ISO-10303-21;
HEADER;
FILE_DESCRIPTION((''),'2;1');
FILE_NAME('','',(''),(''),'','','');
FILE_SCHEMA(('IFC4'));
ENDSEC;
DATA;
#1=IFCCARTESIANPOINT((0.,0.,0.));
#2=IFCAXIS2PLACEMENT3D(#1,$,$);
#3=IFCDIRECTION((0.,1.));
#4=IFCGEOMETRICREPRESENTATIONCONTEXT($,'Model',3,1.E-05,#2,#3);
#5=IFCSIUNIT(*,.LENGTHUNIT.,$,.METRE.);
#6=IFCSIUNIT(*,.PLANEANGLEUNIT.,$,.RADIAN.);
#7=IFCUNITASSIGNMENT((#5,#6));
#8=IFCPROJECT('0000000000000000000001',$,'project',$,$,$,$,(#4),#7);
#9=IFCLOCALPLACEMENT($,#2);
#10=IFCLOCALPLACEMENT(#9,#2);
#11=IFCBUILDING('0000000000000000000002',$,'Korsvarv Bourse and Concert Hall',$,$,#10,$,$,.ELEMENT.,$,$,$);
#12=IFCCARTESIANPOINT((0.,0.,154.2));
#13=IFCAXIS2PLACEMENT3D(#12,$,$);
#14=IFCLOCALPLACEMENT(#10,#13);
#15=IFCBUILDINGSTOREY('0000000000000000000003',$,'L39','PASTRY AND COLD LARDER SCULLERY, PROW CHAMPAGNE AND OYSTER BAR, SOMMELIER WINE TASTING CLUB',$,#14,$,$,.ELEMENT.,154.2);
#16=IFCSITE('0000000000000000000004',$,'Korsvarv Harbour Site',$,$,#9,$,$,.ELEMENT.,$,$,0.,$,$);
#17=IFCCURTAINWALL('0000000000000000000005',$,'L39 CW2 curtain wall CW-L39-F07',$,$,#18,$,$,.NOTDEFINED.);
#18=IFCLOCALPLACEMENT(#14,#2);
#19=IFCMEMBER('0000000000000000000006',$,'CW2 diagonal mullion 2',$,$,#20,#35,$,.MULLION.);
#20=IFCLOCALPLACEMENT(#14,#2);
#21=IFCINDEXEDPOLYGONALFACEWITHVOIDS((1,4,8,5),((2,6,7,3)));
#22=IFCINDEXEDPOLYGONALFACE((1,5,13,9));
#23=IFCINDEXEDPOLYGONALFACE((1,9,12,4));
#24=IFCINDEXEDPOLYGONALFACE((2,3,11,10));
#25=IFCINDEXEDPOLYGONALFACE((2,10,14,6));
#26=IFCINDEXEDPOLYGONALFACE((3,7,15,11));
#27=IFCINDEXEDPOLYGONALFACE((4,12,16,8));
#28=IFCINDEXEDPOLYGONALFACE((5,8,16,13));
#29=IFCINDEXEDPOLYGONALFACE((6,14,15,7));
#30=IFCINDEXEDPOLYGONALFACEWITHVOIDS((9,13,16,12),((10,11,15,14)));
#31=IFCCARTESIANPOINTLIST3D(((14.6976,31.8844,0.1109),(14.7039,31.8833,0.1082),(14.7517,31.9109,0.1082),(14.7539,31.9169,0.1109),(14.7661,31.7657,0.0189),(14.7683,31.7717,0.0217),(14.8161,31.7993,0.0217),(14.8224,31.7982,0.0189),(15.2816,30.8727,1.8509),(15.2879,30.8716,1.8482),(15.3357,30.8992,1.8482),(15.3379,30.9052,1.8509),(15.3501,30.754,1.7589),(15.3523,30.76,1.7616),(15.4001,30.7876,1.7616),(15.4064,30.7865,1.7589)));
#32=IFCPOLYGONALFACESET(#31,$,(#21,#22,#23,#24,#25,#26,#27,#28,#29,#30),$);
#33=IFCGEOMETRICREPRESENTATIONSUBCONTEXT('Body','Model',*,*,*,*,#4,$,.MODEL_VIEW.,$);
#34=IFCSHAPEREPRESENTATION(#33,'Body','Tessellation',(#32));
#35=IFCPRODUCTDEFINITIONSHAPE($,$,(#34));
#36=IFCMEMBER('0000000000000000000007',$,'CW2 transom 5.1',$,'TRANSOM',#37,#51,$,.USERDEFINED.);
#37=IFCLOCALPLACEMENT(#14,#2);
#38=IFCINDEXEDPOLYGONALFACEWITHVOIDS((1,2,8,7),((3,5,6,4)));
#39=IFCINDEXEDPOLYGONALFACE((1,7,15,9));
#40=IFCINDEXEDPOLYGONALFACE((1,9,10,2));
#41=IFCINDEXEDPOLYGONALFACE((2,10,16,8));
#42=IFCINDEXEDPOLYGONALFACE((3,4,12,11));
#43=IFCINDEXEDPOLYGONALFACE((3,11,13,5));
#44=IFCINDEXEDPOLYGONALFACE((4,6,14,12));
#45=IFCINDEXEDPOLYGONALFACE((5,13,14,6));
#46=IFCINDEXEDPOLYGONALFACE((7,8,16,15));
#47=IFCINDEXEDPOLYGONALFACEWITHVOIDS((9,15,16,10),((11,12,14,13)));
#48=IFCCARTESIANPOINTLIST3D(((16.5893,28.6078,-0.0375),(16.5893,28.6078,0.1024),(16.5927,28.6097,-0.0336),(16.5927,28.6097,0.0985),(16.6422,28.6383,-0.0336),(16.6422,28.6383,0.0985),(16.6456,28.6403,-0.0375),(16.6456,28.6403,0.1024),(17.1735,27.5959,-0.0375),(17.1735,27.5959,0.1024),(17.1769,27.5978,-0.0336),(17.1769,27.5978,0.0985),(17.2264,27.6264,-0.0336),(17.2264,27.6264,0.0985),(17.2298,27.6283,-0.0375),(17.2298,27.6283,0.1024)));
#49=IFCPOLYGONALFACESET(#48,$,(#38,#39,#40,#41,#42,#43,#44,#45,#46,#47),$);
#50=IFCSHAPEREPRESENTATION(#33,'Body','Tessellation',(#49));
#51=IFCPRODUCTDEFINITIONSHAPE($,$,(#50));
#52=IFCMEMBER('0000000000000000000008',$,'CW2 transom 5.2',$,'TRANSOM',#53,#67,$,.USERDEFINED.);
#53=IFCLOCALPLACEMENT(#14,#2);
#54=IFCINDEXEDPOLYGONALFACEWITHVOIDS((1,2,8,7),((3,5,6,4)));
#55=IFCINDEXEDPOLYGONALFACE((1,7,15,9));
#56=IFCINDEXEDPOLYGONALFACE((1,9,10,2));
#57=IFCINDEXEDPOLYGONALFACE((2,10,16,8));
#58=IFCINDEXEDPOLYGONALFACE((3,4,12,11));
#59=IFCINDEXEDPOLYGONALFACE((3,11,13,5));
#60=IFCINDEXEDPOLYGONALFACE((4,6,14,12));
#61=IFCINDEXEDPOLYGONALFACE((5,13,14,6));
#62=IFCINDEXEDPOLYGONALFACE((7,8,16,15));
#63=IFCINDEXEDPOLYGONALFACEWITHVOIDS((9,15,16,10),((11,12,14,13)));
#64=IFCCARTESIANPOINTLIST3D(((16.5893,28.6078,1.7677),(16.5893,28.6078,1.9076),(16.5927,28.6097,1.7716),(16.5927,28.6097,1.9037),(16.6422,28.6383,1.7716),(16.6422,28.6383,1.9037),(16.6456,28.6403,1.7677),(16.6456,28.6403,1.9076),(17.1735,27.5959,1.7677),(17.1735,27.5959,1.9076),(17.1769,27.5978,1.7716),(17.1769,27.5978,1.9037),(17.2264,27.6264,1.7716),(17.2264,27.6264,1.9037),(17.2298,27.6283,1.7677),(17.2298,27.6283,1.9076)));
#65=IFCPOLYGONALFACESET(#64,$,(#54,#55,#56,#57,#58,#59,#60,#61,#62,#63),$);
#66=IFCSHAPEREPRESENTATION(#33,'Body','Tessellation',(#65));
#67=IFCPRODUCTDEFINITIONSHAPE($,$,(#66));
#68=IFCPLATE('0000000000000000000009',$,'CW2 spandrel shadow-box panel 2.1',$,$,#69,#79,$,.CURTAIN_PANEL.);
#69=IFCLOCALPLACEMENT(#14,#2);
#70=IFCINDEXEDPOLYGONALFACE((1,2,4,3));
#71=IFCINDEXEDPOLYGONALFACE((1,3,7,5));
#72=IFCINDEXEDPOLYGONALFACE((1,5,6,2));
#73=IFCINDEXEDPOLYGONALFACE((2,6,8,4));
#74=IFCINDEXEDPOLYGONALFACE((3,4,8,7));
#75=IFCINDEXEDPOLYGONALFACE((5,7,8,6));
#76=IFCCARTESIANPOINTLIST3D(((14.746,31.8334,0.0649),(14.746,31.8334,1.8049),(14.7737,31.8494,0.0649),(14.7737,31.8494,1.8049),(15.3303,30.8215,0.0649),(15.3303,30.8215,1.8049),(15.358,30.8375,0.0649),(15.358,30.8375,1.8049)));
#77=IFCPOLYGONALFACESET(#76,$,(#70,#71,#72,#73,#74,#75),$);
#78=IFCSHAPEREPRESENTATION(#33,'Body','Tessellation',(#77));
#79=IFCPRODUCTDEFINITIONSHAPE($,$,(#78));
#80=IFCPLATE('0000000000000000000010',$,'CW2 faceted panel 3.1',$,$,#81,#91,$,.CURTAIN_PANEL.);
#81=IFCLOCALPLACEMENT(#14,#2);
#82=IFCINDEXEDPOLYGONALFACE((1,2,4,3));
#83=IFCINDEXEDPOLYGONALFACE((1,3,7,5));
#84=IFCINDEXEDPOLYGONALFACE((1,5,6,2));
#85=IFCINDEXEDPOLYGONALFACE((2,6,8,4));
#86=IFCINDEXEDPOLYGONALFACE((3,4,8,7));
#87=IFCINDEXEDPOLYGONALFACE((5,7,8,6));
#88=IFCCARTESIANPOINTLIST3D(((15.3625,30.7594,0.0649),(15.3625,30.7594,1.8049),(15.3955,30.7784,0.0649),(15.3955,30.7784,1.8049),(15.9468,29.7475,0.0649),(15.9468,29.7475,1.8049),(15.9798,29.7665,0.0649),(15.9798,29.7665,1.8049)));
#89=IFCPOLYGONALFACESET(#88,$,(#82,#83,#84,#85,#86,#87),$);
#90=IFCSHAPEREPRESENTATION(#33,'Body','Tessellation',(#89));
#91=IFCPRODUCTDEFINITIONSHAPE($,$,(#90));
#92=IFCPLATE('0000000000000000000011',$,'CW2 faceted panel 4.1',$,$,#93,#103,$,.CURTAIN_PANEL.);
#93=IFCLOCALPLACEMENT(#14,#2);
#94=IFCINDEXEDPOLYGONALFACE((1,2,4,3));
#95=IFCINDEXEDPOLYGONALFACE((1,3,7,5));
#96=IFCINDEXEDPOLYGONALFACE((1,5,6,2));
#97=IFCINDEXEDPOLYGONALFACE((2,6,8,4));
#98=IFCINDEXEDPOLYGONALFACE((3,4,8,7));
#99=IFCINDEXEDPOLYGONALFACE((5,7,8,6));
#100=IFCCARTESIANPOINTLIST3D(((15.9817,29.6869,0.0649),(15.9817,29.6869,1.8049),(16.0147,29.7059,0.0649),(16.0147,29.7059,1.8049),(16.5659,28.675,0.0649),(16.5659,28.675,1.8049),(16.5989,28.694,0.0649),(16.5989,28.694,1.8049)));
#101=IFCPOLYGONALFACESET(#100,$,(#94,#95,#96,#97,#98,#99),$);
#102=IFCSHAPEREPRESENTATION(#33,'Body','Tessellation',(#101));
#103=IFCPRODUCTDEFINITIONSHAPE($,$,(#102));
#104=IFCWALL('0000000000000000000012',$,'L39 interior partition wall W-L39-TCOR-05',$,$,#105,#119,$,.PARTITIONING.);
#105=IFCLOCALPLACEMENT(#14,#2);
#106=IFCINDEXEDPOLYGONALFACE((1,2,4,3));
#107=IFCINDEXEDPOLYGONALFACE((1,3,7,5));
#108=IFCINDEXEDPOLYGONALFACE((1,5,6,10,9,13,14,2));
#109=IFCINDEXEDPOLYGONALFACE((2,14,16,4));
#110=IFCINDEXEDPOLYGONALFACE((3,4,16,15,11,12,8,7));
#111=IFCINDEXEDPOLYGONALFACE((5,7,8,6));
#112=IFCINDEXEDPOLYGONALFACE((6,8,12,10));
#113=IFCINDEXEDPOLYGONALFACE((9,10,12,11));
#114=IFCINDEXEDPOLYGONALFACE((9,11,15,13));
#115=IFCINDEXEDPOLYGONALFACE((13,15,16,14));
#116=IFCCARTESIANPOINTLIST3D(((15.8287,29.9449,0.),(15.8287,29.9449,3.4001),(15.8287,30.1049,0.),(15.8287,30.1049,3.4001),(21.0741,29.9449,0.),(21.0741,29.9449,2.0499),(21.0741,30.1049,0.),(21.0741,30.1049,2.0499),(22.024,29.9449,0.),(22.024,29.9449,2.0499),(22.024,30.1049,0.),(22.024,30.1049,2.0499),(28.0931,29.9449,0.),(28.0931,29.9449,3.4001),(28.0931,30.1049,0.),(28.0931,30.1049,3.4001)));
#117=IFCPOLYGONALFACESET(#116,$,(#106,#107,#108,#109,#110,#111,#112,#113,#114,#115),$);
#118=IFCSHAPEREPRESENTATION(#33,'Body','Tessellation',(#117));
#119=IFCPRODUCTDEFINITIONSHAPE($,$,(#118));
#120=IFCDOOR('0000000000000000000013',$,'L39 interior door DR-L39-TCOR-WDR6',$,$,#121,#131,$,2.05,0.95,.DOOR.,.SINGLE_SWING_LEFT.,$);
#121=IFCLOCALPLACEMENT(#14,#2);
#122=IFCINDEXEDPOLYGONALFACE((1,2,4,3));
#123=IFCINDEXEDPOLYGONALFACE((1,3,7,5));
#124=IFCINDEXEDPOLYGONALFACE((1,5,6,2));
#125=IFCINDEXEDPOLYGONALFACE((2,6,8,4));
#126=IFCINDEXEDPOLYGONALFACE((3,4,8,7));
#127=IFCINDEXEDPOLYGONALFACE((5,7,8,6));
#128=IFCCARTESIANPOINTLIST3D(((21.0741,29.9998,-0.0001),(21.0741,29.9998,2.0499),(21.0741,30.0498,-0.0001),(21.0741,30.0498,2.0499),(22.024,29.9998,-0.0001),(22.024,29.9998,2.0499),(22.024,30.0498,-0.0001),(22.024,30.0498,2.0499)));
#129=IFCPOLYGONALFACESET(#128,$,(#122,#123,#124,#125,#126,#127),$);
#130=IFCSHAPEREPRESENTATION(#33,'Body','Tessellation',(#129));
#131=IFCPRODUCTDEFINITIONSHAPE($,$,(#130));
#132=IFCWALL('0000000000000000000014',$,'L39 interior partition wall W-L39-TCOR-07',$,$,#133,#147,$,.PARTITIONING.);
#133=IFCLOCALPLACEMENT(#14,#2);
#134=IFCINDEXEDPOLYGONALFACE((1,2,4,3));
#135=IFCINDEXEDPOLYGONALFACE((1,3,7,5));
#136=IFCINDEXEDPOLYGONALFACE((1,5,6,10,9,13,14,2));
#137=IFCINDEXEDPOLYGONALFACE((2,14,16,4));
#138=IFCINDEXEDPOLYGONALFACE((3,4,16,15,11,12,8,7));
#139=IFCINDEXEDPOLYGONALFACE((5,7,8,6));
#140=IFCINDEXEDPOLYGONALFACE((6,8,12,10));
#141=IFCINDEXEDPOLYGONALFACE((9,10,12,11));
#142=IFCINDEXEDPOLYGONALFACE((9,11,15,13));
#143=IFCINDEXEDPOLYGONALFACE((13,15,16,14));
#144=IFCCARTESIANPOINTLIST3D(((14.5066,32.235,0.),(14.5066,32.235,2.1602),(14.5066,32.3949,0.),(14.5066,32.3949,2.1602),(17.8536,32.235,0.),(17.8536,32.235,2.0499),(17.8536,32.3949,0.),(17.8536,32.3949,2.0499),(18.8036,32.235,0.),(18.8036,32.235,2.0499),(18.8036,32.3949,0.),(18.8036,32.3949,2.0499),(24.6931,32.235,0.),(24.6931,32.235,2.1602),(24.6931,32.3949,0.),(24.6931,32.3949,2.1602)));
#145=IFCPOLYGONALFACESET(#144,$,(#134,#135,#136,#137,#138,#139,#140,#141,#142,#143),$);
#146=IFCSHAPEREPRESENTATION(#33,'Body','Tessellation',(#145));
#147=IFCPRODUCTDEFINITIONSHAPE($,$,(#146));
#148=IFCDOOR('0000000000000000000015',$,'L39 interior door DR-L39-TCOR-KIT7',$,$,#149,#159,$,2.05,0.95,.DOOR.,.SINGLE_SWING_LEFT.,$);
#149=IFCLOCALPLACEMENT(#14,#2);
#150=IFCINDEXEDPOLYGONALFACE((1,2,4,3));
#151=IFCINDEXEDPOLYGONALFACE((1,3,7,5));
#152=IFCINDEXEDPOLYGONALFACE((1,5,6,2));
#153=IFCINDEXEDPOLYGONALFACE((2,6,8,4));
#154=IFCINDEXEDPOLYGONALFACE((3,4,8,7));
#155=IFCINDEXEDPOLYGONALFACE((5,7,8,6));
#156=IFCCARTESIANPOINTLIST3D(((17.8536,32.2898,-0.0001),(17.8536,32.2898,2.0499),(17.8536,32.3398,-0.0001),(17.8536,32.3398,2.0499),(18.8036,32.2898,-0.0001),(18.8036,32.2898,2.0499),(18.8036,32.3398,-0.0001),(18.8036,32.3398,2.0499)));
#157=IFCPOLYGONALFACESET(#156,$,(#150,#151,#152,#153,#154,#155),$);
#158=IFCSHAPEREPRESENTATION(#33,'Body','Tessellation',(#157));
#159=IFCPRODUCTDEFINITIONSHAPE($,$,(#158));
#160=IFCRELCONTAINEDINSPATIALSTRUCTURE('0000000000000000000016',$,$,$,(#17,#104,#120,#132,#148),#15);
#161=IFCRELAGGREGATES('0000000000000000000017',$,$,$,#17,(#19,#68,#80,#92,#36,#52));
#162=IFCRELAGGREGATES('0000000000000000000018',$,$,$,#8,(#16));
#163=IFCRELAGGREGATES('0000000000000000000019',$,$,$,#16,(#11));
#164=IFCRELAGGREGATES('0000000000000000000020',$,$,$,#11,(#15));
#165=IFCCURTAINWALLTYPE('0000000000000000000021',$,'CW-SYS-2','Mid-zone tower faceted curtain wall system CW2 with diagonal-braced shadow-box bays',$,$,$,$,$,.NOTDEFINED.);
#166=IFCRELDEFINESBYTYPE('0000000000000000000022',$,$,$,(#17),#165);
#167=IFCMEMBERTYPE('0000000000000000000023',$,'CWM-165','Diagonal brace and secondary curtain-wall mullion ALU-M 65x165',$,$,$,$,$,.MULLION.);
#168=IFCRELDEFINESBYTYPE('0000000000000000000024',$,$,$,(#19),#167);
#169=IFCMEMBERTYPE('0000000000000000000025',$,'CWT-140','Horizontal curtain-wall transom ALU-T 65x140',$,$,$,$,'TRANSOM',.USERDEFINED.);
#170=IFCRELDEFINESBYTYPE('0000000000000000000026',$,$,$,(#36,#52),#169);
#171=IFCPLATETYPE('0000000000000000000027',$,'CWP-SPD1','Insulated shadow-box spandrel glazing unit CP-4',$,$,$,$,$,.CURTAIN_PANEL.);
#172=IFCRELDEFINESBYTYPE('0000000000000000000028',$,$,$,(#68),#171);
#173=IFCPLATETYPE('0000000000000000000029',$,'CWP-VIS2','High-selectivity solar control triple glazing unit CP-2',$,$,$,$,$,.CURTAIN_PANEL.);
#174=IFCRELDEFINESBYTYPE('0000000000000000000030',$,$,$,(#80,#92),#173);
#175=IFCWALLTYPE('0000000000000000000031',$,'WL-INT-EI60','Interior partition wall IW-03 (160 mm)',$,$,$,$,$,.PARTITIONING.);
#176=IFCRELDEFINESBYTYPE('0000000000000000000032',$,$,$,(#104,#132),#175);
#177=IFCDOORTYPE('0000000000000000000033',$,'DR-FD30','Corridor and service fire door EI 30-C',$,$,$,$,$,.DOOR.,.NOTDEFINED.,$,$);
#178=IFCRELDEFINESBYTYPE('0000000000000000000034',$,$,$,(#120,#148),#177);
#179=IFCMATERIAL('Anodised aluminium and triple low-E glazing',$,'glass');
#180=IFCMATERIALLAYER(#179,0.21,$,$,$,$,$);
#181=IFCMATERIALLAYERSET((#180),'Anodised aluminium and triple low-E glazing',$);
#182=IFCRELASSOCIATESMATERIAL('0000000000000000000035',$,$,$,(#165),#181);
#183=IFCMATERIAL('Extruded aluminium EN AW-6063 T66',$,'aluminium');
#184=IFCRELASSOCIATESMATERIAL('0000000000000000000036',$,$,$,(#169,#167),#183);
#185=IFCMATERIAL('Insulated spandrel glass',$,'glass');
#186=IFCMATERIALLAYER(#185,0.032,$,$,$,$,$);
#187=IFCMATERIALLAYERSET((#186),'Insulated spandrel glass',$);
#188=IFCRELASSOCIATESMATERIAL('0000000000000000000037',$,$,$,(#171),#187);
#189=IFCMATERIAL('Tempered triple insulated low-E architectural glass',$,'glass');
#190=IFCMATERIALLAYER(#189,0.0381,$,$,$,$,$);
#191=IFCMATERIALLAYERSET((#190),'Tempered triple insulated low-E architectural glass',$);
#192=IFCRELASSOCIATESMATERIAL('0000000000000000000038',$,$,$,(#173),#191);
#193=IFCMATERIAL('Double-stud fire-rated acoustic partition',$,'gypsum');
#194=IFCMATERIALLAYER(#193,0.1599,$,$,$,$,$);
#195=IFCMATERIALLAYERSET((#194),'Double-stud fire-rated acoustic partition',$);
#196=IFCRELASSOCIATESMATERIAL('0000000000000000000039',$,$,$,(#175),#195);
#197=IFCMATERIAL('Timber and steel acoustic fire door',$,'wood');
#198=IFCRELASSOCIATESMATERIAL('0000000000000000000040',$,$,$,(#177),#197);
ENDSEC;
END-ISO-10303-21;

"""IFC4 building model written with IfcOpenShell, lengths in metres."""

from ifc_helpers import new_model, si_unit, direction, frame, frame_2d, origin, origin_2d, place, context, subcontext, project, spatial, rectangle, hollow_rectangle, extrude, source, transform, mapped, material, layer, layer_set, material_profile, profile_set, type_object, element, fill, aggregate, save


model = new_model("IFC4")

# Units and contexts
model_context = context("Model", 3, precision=1e-05, world=origin(), true_north=direction((0.0, 1.0)))
body_context = subcontext(model_context, "Body", "Model", "MODEL_VIEW")
ifc_project = project(units=[si_unit("LENGTHUNIT", "METRE"), si_unit("PLANEANGLEUNIT", "RADIAN")], contexts=[model_context])

# Site, building, storey
site_placement = place(None, origin())
site = spatial("IfcSite", under=ifc_project, at=site_placement, Name="Korsvarv Harbour Site", CompositionType="ELEMENT", RefElevation=0.0)
building_placement = place(site_placement, origin())
building = spatial("IfcBuilding", under=site, at=building_placement, Name="Korsvarv Bourse and Concert Hall", CompositionType="ELEMENT")
storey_placement = place(building_placement, frame((0.0, 0.0, 154.2)))
storey = spatial("IfcBuildingStorey", under=building, at=storey_placement, Name="L39", Description="PASTRY AND COLD LARDER SCULLERY, PROW CHAMPAGNE AND OYSTER BAR, SOMMELIER WINE TASTING CLUB", CompositionType="ELEMENT", Elevation=154.2)

# Curtain wall, members, plates
ifc_material_1 = material(Name="Anodised aluminium and triple low-E glazing", Category="glass")
ifc_layer_1 = layer(ifc_material_1, 0.21)
ifc_layer_set_1 = layer_set([ifc_layer_1], Name="Anodised aluminium and triple low-E glazing")
curtain_wall_type = type_object("IfcCurtainWallType", Name="CW-SYS-2", Description="Mid-zone tower faceted curtain wall system CW2 with diagonal-braced shadow-box bays", PredefinedType="NOTDEFINED", material=ifc_layer_set_1)
curtain_wall_placement = place(storey_placement, origin())
curtain_wall = element("IfcCurtainWall", 1, at=curtain_wall_placement, inside=storey, type_object=curtain_wall_type, Name="L39 CW2 curtain wall CW-L39-F07", PredefinedType="NOTDEFINED")
ifc_material_2 = material(Name="Extruded aluminium EN AW-6063 T66", Category="aluminium")
ifc_material_profile_1 = material_profile(ifc_material_2, hollow_rectangle(XDim=0.0649, YDim=0.1399, WallThickness=0.0039, at=origin_2d()), Name="ALU-T 65x140")
ifc_profile_set_1 = profile_set([ifc_material_profile_1], Name="Extruded aluminium EN AW-6063 T66")
member_type_1 = type_object("IfcMemberType", Name="CWT-140", Description="Horizontal curtain-wall transom ALU-T 65x140", ElementType="TRANSOM", PredefinedType="USERDEFINED", material=ifc_profile_set_1)
ifc_material_profile_2 = material_profile(ifc_material_2, hollow_rectangle(XDim=0.0649, YDim=0.165, WallThickness=0.0049, at=origin_2d()), Name="ALU-M 65x165")
ifc_profile_set_2 = profile_set([ifc_material_profile_2], Name="Extruded aluminium EN AW-6063 T66")
member_type_2 = type_object("IfcMemberType", Name="CWM-165", Description="Diagonal brace and secondary curtain-wall mullion ALU-M 65x165", PredefinedType="MULLION", material=ifc_profile_set_2)
shared_shape_1 = source(origin(), body_context, "Body", "SweptSolid", [
    extrude(hollow_rectangle(XDim=0.0649, YDim=0.165, WallThickness=0.0049, at=origin_2d()), origin(), (0.0, 0.0, 1.0), 2.0957),
])
member_1_placement = place(storey_placement, frame((14.76, 31.8413, 0.0649), z_axis=(0.278651, -0.482747, 0.830246), x_axis=(0.866074, 0.499915, 0.0)))
member_1 = element("IfcMember", 2, at=member_1_placement, type_object=member_type_2, Name="CW2 diagonal mullion 2", PredefinedType="MULLION", context=body_context, shape_type="MappedRepresentation", body=[
    mapped(shared_shape_1, transform((0.0, 0.0, 0.0), scale=1.0)),
])
shared_shape_2 = source(origin(), body_context, "Body", "SweptSolid", [
    extrude(hollow_rectangle(XDim=0.0649, YDim=0.1399, WallThickness=0.0039, at=origin_2d()), origin(), (0.0, 0.0, 1.0), 1.1685),
])
member_2_placement = place(storey_placement, frame((16.6174, 28.624, 0.0325), z_axis=(0.499982, -0.866036, 0.0), x_axis=(0.866036, 0.499982, 0.0)))
member_2 = element("IfcMember", 3, at=member_2_placement, type_object=member_type_1, Name="CW2 transom 5.1", ObjectType="TRANSOM", PredefinedType="USERDEFINED", context=body_context, shape_type="MappedRepresentation", body=[
    mapped(shared_shape_2, transform((0.0, 0.0, 0.0), scale=1.0)),
])
member_3_placement = place(storey_placement, frame((16.6174, 28.624, 1.8376), z_axis=(0.499982, -0.866036, 0.0), x_axis=(0.866036, 0.499982, 0.0)))
member_3 = element("IfcMember", 4, at=member_3_placement, type_object=member_type_1, Name="CW2 transom 5.2", ObjectType="TRANSOM", PredefinedType="USERDEFINED", context=body_context, shape_type="MappedRepresentation", body=[
    mapped(shared_shape_2, transform((0.0, 0.0, 0.0), scale=1.0)),
])
ifc_material_3 = material(Name="Insulated spandrel glass", Category="glass")
ifc_layer_2 = layer(ifc_material_3, 0.032)
ifc_layer_set_2 = layer_set([ifc_layer_2], Name="Insulated spandrel glass")
plate_type_1 = type_object("IfcPlateType", Name="CWP-SPD1", Description="Insulated shadow-box spandrel glazing unit CP-4", PredefinedType="CURTAIN_PANEL", material=ifc_layer_set_2)
shared_shape_3 = source(origin(), body_context, "Body", "SweptSolid", [
    extrude(rectangle(XDim=1.1685, YDim=0.032, at=origin_2d()), origin(), (0.0, 0.0, 1.0), 1.74),
])
plate_1_placement = place(storey_placement, frame((15.052, 31.3354, 0.0649), z_axis=(0.0, 0.0, 1.0), x_axis=(0.500006, -0.866022, 0.0)))
plate_1 = element("IfcPlate", 5, at=plate_1_placement, type_object=plate_type_1, Name="CW2 spandrel shadow-box panel 2.1", PredefinedType="CURTAIN_PANEL", context=body_context, shape_type="MappedRepresentation", body=[
    mapped(shared_shape_3, transform((0.0, 0.0, 0.0), scale=1.0)),
])
ifc_material_4 = material(Name="Tempered triple insulated low-E architectural glass", Category="glass")
ifc_layer_3 = layer(ifc_material_4, 0.0381)
ifc_layer_set_3 = layer_set([ifc_layer_3], Name="Tempered triple insulated low-E architectural glass")
plate_type_2 = type_object("IfcPlateType", Name="CWP-VIS2", Description="High-selectivity solar control triple glazing unit CP-2", PredefinedType="CURTAIN_PANEL", material=ifc_layer_set_3)
shared_shape_4 = source(origin(), body_context, "Body", "SweptSolid", [
    extrude(rectangle(XDim=1.1685, YDim=0.0381, at=origin_2d()), origin(), (0.0, 0.0, 1.0), 1.74),
])
plate_2_placement = place(storey_placement, frame((15.6711, 30.2629, 0.0649), z_axis=(0.0, 0.0, 1.0), x_axis=(0.500006, -0.866022, 0.0)))
plate_2 = element("IfcPlate", 6, at=plate_2_placement, type_object=plate_type_2, Name="CW2 faceted panel 3.1", PredefinedType="CURTAIN_PANEL", context=body_context, shape_type="MappedRepresentation", body=[
    mapped(shared_shape_4, transform((0.0, 0.0, 0.0), scale=1.0)),
])
plate_3_placement = place(storey_placement, frame((16.2903, 29.1904, 0.0649), z_axis=(0.0, 0.0, 1.0), x_axis=(0.500006, -0.866022, 0.0)))
plate_3 = element("IfcPlate", 7, at=plate_3_placement, type_object=plate_type_2, Name="CW2 faceted panel 4.1", PredefinedType="CURTAIN_PANEL", context=body_context, shape_type="MappedRepresentation", body=[
    mapped(shared_shape_4, transform((0.0, 0.0, 0.0), scale=1.0)),
])
aggregate(curtain_wall, [member_1, plate_1, plate_2, plate_3, member_2, member_3])

# Walls, openings, doors
ifc_material_5 = material(Name="Double-stud fire-rated acoustic partition", Category="gypsum")
ifc_layer_4 = layer(ifc_material_5, 0.1599)
ifc_layer_set_4 = layer_set([ifc_layer_4], Name="Double-stud fire-rated acoustic partition")
wall_type = type_object("IfcWallType", Name="WL-INT-EI60", Description="Interior partition wall IW-03 (160 mm)", PredefinedType="PARTITIONING", material=ifc_layer_set_4)
wall_1_placement = place(storey_placement, frame((15.8286, 30.0249, 0.0), z_axis=(0.0, 0.0, 1.0), x_axis=(1.0, 0.0, 0.0)))
wall_1 = element("IfcWall", 8, at=wall_1_placement, inside=storey, type_object=wall_type, Name="L39 interior partition wall W-L39-TCOR-05", PredefinedType="PARTITIONING", context=body_context, shape_type="SweptSolid", body=[
    extrude(rectangle(XDim=12.2644, YDim=0.1599, at=frame_2d((6.1323, 0.0))), origin(), (0.0, 0.0, 1.0), 3.4001),
])
opening_1_placement = place(wall_1_placement, frame((5.2454, 0.0, 0.0)))
opening_1 = element("IfcOpeningElement", 9, at=opening_1_placement, cuts=wall_1, PredefinedType="OPENING", context=body_context, shape_type="SweptSolid", body=[
    extrude(rectangle(XDim=0.95, YDim=2.05, at=frame_2d((0.4751, 1.0249))), frame((0.0, 0.0898, 0.0), z_axis=(0.0, -1.0, 0.0), x_axis=(1.0, 0.0, 0.0)), (0.0, 0.0, 1.0), 0.1799),
])
ifc_material_6 = material(Name="Timber and steel acoustic fire door", Category="wood")
door_type = type_object("IfcDoorType", Name="DR-FD30", Description="Corridor and service fire door EI 30-C", OperationType="NOTDEFINED", PredefinedType="DOOR", material=ifc_material_6)
door_1_placement = place(opening_1_placement, origin())
door_1 = element("IfcDoor", 10, at=door_1_placement, inside=storey, type_object=door_type, Name="L39 interior door DR-L39-TCOR-WDR6", OperationType="SINGLE_SWING_LEFT", OverallHeight=2.05, OverallWidth=0.95, PredefinedType="DOOR", context=body_context, shape_type="SweptSolid", body=[
    extrude(rectangle(XDim=0.95, YDim=2.05, at=frame_2d((0.4751, 1.0249))), frame((0.0, 0.0249, 0.0), z_axis=(0.0, -1.0, 0.0), x_axis=(1.0, 0.0, 0.0)), (0.0, 0.0, 1.0), 0.05),
])
fill(opening_1, door_1)
wall_2_placement = place(storey_placement, frame((14.5066, 32.3149, 0.0), z_axis=(0.0, 0.0, 1.0), x_axis=(1.0, 0.0, 0.0)))
wall_2 = element("IfcWall", 11, at=wall_2_placement, inside=storey, type_object=wall_type, Name="L39 interior partition wall W-L39-TCOR-07", PredefinedType="PARTITIONING", context=body_context, shape_type="SweptSolid", body=[
    extrude(rectangle(XDim=10.1865, YDim=0.1599, at=frame_2d((5.0933, 0.0))), origin(), (0.0, 0.0, 1.0), 2.1602),
])
opening_2_placement = place(wall_2_placement, frame((3.3469, 0.0, 0.0)))
opening_2 = element("IfcOpeningElement", 12, at=opening_2_placement, cuts=wall_2, PredefinedType="OPENING", context=body_context, shape_type="SweptSolid", body=[
    extrude(rectangle(XDim=0.95, YDim=2.05, at=frame_2d((0.4751, 1.0249))), frame((0.0, 0.0898, 0.0), z_axis=(0.0, -1.0, 0.0), x_axis=(1.0, 0.0, 0.0)), (0.0, 0.0, 1.0), 0.1799),
])
door_2_placement = place(opening_2_placement, origin())
door_2 = element("IfcDoor", 13, at=door_2_placement, inside=storey, type_object=door_type, Name="L39 interior door DR-L39-TCOR-KIT7", OperationType="SINGLE_SWING_LEFT", OverallHeight=2.05, OverallWidth=0.95, PredefinedType="DOOR", context=body_context, shape_type="SweptSolid", body=[
    extrude(rectangle(XDim=0.95, YDim=2.05, at=frame_2d((0.4751, 1.0249))), frame((0.0, 0.0249, 0.0), z_axis=(0.0, -1.0, 0.0), x_axis=(1.0, 0.0, 0.0)), (0.0, 0.0, 1.0), 0.05),
])
fill(opening_2, door_2)

save(model, "model.ifc")
